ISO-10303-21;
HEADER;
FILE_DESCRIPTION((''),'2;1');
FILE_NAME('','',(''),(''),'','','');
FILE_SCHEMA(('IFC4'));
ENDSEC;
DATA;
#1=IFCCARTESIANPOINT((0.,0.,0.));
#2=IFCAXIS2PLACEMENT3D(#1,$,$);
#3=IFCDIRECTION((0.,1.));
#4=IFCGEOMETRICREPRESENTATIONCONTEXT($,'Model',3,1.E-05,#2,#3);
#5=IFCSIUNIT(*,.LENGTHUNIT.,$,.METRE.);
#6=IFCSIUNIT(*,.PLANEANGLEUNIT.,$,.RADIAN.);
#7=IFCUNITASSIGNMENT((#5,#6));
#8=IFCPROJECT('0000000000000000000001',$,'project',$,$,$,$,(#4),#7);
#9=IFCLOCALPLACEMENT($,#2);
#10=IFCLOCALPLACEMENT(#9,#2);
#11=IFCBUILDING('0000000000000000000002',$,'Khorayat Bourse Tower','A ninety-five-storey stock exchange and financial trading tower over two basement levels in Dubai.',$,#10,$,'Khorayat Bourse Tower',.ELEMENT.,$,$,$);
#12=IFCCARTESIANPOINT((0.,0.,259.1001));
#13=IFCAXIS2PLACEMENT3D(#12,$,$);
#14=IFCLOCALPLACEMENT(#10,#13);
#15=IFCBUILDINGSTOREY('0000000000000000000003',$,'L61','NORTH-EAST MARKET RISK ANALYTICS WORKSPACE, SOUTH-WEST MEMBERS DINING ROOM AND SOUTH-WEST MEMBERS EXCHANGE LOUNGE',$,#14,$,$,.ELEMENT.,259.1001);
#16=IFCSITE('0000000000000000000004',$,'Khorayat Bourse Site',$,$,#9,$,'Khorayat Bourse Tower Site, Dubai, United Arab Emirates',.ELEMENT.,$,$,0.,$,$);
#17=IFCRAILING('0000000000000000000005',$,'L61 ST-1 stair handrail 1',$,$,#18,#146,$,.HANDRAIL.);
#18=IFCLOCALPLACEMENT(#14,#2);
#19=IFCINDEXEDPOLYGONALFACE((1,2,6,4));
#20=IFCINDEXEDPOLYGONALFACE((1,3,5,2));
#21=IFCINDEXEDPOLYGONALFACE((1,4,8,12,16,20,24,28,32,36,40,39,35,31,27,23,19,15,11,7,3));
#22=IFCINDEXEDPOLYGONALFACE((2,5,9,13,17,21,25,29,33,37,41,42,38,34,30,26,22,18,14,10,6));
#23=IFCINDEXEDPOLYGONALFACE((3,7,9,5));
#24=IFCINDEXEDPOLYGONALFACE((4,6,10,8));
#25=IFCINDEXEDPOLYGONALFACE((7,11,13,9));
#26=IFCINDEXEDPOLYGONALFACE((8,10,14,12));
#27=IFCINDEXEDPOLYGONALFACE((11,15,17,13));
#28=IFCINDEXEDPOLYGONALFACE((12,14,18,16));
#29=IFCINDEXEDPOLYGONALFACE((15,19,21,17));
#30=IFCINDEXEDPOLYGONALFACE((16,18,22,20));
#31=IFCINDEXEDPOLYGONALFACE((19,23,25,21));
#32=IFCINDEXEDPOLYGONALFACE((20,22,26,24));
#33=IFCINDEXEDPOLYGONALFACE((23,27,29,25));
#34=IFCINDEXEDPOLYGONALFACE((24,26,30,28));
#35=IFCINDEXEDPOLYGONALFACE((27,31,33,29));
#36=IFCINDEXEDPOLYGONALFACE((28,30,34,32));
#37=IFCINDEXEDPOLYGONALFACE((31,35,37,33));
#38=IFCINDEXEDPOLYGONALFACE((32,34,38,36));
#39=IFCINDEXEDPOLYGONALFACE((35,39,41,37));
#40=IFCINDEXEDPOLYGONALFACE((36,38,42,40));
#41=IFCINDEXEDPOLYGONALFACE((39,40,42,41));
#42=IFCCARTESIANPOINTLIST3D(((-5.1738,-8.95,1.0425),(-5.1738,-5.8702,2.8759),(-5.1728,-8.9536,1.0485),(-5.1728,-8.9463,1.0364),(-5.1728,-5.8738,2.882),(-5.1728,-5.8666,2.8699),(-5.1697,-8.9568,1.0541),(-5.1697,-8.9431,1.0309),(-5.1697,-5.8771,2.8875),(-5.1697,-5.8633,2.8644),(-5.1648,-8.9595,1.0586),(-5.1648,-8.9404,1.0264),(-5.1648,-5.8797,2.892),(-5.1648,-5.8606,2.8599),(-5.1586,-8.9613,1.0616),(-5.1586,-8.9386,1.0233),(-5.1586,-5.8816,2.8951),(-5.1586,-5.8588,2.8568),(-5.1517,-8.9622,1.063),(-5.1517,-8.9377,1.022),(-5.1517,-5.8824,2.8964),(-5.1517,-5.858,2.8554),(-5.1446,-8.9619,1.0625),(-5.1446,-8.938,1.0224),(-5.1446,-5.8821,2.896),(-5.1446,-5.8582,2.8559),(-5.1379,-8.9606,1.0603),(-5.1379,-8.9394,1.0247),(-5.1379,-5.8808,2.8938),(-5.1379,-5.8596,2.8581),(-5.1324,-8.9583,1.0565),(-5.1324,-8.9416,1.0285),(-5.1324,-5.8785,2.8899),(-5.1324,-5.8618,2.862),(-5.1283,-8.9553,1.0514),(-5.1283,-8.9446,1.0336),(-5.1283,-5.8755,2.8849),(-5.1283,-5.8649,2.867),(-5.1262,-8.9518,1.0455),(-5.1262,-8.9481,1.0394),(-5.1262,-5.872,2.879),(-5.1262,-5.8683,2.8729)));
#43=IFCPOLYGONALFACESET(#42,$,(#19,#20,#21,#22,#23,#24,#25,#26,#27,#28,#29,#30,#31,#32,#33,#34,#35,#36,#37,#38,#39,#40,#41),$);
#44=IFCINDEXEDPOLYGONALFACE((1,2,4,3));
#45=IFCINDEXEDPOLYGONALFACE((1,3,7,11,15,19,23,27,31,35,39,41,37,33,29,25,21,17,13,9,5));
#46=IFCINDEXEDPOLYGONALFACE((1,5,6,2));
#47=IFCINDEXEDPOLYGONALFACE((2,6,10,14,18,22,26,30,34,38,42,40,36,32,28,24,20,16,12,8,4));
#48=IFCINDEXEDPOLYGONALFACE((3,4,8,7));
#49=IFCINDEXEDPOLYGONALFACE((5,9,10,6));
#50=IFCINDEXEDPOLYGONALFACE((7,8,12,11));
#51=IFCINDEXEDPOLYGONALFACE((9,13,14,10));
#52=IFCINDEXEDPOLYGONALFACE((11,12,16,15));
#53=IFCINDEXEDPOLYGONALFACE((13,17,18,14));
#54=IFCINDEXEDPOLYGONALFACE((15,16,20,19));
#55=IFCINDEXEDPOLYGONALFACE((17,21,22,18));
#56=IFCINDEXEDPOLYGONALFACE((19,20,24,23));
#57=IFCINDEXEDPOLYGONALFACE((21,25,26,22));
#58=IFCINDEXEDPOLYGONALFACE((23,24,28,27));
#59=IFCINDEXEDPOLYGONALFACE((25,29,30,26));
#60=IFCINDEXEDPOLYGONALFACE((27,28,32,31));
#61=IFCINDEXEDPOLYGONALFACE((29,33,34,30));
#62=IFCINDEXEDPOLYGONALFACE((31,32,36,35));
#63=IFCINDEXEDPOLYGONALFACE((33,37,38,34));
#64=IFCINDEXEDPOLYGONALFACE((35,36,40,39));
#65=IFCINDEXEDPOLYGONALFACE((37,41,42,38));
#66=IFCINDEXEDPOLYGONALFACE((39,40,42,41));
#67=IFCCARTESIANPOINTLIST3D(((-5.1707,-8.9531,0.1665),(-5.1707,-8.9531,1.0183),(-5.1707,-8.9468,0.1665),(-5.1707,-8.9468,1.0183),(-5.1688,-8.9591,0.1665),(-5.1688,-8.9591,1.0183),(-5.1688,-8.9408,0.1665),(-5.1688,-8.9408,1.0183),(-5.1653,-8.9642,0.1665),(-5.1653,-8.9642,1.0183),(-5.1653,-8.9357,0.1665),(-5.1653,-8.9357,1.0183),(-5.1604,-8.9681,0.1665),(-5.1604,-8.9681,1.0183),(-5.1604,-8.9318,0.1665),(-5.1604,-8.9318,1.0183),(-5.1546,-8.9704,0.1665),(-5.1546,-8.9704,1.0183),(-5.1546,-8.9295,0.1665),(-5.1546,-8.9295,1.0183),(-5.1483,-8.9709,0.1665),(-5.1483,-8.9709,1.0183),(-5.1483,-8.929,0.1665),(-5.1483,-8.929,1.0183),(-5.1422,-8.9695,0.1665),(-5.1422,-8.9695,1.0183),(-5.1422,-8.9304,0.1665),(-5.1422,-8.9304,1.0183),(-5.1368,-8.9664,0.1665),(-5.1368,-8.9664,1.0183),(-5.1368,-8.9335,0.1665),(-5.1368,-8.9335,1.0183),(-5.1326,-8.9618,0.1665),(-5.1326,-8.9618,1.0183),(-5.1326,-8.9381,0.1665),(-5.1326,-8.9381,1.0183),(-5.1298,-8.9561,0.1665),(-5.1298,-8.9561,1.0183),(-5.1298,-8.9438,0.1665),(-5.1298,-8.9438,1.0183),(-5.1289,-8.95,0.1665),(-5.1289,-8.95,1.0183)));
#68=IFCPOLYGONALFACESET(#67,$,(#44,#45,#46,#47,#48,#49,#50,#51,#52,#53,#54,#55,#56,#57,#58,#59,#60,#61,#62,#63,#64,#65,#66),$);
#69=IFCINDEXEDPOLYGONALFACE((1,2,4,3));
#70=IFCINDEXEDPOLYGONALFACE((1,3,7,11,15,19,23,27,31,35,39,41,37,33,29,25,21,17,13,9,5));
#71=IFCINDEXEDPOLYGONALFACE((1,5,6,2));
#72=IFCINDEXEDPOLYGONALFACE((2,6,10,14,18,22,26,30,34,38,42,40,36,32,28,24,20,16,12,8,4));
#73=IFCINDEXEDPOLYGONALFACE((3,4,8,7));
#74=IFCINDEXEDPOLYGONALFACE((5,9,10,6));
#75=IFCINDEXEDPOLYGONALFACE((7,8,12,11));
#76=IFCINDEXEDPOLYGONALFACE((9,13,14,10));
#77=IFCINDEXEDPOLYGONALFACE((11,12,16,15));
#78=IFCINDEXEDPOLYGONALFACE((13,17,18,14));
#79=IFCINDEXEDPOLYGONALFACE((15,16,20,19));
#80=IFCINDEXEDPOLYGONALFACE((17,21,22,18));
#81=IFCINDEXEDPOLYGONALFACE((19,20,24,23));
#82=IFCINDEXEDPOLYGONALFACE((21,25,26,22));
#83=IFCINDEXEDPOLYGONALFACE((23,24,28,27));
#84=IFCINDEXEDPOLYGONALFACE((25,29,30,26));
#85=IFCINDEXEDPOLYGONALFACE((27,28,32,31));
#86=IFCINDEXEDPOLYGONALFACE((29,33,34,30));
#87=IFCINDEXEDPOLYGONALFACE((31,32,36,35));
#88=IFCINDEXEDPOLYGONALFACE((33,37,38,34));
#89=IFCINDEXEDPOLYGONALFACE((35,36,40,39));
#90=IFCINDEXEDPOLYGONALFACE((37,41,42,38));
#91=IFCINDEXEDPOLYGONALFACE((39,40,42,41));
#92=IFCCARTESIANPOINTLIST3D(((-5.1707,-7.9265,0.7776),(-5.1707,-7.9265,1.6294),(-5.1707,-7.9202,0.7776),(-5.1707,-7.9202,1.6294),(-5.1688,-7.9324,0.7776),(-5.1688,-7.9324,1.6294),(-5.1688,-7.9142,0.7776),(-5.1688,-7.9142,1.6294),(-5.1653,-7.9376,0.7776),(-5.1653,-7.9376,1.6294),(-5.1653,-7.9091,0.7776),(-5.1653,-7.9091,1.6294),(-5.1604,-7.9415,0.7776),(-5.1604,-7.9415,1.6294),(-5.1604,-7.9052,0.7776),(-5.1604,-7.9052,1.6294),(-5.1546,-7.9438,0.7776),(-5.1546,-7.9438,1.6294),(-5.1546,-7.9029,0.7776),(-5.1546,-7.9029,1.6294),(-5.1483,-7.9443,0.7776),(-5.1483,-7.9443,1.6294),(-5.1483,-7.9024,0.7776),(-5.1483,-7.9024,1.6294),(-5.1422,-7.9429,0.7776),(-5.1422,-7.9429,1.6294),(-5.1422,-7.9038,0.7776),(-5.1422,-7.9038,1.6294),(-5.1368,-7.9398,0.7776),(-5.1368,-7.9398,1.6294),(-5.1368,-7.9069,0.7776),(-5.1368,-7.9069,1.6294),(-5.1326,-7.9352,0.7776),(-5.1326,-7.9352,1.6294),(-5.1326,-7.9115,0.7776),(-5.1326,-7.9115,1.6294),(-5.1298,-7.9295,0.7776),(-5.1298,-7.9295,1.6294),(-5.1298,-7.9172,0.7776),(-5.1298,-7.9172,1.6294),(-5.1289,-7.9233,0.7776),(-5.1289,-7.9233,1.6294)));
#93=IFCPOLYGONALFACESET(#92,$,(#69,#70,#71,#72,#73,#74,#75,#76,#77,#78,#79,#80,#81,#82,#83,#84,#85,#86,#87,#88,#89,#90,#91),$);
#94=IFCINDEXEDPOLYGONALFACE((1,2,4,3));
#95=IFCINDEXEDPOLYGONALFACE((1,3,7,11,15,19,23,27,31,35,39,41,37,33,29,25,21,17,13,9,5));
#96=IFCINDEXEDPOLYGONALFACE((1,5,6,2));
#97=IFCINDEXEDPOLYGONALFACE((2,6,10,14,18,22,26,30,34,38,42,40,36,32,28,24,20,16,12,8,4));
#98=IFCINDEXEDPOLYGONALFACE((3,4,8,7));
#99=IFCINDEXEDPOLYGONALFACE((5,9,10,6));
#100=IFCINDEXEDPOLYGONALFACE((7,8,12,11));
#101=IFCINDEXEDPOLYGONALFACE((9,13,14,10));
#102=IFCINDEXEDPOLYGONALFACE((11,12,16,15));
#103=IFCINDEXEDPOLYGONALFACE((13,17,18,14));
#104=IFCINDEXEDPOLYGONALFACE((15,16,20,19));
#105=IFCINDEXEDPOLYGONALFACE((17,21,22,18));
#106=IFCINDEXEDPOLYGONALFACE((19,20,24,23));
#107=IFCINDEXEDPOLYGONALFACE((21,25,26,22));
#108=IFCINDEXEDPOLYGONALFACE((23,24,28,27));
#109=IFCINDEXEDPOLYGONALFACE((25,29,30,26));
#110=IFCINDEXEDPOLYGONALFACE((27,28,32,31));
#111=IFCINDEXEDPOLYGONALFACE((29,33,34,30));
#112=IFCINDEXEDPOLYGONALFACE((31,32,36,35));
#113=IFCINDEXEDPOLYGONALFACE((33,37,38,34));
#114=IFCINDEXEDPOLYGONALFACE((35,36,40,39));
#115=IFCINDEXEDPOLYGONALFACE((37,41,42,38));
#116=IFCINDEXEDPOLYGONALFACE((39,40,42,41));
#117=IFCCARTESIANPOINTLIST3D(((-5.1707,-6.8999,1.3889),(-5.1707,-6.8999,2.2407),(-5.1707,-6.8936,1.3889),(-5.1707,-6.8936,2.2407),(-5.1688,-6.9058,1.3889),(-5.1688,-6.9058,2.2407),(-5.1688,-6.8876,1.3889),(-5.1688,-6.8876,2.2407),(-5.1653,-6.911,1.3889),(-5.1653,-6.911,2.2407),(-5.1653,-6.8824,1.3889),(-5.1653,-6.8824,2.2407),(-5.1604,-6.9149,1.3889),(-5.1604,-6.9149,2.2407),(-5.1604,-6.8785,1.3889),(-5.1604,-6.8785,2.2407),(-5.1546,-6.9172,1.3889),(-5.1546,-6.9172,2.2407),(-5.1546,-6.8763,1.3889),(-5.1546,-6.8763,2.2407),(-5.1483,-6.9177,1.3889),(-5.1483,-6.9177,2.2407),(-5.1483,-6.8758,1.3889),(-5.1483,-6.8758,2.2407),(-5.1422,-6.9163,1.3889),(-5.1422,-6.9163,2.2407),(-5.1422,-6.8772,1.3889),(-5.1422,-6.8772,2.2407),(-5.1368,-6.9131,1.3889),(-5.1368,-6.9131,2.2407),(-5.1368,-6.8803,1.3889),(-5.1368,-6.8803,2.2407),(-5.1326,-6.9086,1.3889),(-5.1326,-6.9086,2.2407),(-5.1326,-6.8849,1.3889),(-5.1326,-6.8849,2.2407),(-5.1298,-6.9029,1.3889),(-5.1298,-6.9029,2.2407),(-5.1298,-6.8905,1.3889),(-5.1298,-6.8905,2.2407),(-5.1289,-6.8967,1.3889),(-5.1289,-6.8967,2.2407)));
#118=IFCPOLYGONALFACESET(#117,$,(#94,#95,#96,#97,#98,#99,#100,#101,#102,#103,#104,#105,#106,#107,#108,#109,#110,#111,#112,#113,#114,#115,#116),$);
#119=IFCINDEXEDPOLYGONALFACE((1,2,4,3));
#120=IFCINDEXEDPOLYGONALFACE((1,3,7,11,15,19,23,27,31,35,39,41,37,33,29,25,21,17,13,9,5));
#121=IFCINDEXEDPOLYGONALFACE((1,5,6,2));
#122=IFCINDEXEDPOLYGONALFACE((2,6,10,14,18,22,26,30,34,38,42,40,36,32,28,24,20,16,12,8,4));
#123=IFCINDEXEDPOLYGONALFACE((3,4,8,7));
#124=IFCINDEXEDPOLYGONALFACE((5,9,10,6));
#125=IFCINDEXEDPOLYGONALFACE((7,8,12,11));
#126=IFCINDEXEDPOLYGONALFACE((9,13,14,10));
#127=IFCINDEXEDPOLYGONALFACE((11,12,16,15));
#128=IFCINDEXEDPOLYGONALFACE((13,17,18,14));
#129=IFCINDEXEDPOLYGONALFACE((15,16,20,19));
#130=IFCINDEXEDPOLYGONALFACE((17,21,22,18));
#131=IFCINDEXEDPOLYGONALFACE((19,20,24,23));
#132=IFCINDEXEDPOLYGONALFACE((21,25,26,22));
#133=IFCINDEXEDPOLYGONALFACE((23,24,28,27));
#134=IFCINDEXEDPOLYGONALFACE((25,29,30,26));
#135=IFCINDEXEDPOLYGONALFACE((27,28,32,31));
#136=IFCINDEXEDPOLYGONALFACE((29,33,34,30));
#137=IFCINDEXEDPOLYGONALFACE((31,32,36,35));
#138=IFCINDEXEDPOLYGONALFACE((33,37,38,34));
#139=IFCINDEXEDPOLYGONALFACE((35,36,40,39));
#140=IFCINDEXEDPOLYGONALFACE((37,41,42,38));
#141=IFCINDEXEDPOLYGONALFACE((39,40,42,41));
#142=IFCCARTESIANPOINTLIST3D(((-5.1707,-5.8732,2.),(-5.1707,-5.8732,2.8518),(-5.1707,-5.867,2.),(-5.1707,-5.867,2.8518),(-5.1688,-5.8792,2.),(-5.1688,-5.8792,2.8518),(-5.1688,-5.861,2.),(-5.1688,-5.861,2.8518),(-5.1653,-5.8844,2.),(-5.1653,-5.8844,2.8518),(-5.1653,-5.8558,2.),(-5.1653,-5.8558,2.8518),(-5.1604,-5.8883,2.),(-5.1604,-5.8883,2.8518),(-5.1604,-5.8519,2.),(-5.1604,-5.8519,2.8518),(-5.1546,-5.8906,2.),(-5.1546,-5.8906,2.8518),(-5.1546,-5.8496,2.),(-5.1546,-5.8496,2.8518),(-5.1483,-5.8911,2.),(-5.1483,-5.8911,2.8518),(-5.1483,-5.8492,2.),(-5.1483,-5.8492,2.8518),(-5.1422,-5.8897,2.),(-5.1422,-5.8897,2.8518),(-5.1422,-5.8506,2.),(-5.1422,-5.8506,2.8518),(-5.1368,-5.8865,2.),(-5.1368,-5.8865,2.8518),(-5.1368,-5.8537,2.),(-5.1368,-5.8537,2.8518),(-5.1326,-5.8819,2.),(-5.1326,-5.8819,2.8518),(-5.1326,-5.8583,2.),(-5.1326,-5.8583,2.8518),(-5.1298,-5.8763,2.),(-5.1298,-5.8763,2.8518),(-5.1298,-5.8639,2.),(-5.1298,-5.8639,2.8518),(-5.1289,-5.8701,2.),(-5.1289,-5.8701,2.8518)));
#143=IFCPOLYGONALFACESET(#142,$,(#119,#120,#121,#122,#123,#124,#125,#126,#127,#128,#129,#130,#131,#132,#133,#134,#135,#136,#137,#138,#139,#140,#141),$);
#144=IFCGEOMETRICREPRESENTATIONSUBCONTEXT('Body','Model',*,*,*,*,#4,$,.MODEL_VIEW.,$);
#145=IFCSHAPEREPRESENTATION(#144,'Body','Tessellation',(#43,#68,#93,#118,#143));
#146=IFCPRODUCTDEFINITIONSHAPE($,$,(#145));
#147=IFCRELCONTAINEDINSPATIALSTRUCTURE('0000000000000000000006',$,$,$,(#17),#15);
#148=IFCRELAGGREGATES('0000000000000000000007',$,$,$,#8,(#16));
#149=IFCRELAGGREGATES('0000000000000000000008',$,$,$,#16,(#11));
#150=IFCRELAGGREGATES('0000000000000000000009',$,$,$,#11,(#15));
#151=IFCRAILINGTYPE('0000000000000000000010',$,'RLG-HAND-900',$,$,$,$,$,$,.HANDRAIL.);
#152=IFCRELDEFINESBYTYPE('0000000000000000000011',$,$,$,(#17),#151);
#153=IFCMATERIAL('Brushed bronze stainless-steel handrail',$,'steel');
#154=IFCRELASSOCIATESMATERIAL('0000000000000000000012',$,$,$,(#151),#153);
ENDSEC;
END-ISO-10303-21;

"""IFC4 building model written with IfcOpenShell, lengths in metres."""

from ifc_helpers import new_model, si_unit, direction, frame, origin, origin_2d, place, context, subcontext, project, spatial, circle, extrude, source, transform, mapped, material, type_object, element, save


model = new_model("IFC4")

# Units and contexts
model_context = context("Model", 3, precision=1e-05, world=origin(), true_north=direction((0.0, 1.0)))
body_context = subcontext(model_context, "Body", "Model", "MODEL_VIEW")
ifc_project = project(units=[si_unit("LENGTHUNIT", "METRE"), si_unit("PLANEANGLEUNIT", "RADIAN")], contexts=[model_context])

# Site, building, storey
site_placement = place(None, origin())
site = spatial("IfcSite", under=ifc_project, at=site_placement, Name="Khorayat Bourse Site", LongName="Khorayat Bourse Tower Site, Dubai, United Arab Emirates", CompositionType="ELEMENT", RefElevation=0.0)
building_placement = place(site_placement, origin())
building = spatial("IfcBuilding", under=site, at=building_placement, Name="Khorayat Bourse Tower", Description="A ninety-five-storey stock exchange and financial trading tower over two basement levels in Dubai.", LongName="Khorayat Bourse Tower", CompositionType="ELEMENT")
storey_placement = place(building_placement, frame((0.0, 0.0, 259.1001)))
storey = spatial("IfcBuildingStorey", under=building, at=storey_placement, Name="L61", Description="NORTH-EAST MARKET RISK ANALYTICS WORKSPACE, SOUTH-WEST MEMBERS DINING ROOM AND SOUTH-WEST MEMBERS EXCHANGE LOUNGE", CompositionType="ELEMENT", Elevation=259.1001)

# Railing
ifc_material_1 = material(Name="Brushed bronze stainless-steel handrail", Category="steel")
railing_type_1 = type_object("IfcRailingType", Name="RLG-HAND-900", PredefinedType="HANDRAIL", material=ifc_material_1)
shared_shape_1 = source(origin(), body_context, "Body", "SweptSolid", [
    extrude(circle(Radius=0.0239, at=origin_2d()), frame((0.0, 0.0, 0.876), z_axis=(0.0, 0.859261, 0.511538), x_axis=(-1.0, 0.0, 0.0)), (0.0, 0.0, 1.0), 3.5842),
    extrude(circle(Radius=0.021, at=origin_2d()), origin(), (0.0, 0.0, 1.0), 0.8518),
    extrude(circle(Radius=0.021, at=origin_2d()), frame((0.0, 1.0266, 0.6111)), (0.0, 0.0, 1.0), 0.8518),
    extrude(circle(Radius=0.021, at=origin_2d()), frame((0.0, 2.0532, 1.2224)), (0.0, 0.0, 1.0), 0.8518),
    extrude(circle(Radius=0.021, at=origin_2d()), frame((0.0, 3.0798, 1.8335)), (0.0, 0.0, 1.0), 0.8518),
])
railing_1_placement = place(storey_placement, frame((-5.1499, -8.95, 0.1665)))
element("IfcRailing", 1, at=railing_1_placement, inside=storey, type_object=railing_type_1, Name="L61 ST-1 stair handrail 1", PredefinedType="HANDRAIL", context=body_context, shape_type="MappedRepresentation", body=[
    mapped(shared_shape_1, transform((0.0, 0.0, 0.0), scale=1.0)),
])

save(model, "model.ifc")
